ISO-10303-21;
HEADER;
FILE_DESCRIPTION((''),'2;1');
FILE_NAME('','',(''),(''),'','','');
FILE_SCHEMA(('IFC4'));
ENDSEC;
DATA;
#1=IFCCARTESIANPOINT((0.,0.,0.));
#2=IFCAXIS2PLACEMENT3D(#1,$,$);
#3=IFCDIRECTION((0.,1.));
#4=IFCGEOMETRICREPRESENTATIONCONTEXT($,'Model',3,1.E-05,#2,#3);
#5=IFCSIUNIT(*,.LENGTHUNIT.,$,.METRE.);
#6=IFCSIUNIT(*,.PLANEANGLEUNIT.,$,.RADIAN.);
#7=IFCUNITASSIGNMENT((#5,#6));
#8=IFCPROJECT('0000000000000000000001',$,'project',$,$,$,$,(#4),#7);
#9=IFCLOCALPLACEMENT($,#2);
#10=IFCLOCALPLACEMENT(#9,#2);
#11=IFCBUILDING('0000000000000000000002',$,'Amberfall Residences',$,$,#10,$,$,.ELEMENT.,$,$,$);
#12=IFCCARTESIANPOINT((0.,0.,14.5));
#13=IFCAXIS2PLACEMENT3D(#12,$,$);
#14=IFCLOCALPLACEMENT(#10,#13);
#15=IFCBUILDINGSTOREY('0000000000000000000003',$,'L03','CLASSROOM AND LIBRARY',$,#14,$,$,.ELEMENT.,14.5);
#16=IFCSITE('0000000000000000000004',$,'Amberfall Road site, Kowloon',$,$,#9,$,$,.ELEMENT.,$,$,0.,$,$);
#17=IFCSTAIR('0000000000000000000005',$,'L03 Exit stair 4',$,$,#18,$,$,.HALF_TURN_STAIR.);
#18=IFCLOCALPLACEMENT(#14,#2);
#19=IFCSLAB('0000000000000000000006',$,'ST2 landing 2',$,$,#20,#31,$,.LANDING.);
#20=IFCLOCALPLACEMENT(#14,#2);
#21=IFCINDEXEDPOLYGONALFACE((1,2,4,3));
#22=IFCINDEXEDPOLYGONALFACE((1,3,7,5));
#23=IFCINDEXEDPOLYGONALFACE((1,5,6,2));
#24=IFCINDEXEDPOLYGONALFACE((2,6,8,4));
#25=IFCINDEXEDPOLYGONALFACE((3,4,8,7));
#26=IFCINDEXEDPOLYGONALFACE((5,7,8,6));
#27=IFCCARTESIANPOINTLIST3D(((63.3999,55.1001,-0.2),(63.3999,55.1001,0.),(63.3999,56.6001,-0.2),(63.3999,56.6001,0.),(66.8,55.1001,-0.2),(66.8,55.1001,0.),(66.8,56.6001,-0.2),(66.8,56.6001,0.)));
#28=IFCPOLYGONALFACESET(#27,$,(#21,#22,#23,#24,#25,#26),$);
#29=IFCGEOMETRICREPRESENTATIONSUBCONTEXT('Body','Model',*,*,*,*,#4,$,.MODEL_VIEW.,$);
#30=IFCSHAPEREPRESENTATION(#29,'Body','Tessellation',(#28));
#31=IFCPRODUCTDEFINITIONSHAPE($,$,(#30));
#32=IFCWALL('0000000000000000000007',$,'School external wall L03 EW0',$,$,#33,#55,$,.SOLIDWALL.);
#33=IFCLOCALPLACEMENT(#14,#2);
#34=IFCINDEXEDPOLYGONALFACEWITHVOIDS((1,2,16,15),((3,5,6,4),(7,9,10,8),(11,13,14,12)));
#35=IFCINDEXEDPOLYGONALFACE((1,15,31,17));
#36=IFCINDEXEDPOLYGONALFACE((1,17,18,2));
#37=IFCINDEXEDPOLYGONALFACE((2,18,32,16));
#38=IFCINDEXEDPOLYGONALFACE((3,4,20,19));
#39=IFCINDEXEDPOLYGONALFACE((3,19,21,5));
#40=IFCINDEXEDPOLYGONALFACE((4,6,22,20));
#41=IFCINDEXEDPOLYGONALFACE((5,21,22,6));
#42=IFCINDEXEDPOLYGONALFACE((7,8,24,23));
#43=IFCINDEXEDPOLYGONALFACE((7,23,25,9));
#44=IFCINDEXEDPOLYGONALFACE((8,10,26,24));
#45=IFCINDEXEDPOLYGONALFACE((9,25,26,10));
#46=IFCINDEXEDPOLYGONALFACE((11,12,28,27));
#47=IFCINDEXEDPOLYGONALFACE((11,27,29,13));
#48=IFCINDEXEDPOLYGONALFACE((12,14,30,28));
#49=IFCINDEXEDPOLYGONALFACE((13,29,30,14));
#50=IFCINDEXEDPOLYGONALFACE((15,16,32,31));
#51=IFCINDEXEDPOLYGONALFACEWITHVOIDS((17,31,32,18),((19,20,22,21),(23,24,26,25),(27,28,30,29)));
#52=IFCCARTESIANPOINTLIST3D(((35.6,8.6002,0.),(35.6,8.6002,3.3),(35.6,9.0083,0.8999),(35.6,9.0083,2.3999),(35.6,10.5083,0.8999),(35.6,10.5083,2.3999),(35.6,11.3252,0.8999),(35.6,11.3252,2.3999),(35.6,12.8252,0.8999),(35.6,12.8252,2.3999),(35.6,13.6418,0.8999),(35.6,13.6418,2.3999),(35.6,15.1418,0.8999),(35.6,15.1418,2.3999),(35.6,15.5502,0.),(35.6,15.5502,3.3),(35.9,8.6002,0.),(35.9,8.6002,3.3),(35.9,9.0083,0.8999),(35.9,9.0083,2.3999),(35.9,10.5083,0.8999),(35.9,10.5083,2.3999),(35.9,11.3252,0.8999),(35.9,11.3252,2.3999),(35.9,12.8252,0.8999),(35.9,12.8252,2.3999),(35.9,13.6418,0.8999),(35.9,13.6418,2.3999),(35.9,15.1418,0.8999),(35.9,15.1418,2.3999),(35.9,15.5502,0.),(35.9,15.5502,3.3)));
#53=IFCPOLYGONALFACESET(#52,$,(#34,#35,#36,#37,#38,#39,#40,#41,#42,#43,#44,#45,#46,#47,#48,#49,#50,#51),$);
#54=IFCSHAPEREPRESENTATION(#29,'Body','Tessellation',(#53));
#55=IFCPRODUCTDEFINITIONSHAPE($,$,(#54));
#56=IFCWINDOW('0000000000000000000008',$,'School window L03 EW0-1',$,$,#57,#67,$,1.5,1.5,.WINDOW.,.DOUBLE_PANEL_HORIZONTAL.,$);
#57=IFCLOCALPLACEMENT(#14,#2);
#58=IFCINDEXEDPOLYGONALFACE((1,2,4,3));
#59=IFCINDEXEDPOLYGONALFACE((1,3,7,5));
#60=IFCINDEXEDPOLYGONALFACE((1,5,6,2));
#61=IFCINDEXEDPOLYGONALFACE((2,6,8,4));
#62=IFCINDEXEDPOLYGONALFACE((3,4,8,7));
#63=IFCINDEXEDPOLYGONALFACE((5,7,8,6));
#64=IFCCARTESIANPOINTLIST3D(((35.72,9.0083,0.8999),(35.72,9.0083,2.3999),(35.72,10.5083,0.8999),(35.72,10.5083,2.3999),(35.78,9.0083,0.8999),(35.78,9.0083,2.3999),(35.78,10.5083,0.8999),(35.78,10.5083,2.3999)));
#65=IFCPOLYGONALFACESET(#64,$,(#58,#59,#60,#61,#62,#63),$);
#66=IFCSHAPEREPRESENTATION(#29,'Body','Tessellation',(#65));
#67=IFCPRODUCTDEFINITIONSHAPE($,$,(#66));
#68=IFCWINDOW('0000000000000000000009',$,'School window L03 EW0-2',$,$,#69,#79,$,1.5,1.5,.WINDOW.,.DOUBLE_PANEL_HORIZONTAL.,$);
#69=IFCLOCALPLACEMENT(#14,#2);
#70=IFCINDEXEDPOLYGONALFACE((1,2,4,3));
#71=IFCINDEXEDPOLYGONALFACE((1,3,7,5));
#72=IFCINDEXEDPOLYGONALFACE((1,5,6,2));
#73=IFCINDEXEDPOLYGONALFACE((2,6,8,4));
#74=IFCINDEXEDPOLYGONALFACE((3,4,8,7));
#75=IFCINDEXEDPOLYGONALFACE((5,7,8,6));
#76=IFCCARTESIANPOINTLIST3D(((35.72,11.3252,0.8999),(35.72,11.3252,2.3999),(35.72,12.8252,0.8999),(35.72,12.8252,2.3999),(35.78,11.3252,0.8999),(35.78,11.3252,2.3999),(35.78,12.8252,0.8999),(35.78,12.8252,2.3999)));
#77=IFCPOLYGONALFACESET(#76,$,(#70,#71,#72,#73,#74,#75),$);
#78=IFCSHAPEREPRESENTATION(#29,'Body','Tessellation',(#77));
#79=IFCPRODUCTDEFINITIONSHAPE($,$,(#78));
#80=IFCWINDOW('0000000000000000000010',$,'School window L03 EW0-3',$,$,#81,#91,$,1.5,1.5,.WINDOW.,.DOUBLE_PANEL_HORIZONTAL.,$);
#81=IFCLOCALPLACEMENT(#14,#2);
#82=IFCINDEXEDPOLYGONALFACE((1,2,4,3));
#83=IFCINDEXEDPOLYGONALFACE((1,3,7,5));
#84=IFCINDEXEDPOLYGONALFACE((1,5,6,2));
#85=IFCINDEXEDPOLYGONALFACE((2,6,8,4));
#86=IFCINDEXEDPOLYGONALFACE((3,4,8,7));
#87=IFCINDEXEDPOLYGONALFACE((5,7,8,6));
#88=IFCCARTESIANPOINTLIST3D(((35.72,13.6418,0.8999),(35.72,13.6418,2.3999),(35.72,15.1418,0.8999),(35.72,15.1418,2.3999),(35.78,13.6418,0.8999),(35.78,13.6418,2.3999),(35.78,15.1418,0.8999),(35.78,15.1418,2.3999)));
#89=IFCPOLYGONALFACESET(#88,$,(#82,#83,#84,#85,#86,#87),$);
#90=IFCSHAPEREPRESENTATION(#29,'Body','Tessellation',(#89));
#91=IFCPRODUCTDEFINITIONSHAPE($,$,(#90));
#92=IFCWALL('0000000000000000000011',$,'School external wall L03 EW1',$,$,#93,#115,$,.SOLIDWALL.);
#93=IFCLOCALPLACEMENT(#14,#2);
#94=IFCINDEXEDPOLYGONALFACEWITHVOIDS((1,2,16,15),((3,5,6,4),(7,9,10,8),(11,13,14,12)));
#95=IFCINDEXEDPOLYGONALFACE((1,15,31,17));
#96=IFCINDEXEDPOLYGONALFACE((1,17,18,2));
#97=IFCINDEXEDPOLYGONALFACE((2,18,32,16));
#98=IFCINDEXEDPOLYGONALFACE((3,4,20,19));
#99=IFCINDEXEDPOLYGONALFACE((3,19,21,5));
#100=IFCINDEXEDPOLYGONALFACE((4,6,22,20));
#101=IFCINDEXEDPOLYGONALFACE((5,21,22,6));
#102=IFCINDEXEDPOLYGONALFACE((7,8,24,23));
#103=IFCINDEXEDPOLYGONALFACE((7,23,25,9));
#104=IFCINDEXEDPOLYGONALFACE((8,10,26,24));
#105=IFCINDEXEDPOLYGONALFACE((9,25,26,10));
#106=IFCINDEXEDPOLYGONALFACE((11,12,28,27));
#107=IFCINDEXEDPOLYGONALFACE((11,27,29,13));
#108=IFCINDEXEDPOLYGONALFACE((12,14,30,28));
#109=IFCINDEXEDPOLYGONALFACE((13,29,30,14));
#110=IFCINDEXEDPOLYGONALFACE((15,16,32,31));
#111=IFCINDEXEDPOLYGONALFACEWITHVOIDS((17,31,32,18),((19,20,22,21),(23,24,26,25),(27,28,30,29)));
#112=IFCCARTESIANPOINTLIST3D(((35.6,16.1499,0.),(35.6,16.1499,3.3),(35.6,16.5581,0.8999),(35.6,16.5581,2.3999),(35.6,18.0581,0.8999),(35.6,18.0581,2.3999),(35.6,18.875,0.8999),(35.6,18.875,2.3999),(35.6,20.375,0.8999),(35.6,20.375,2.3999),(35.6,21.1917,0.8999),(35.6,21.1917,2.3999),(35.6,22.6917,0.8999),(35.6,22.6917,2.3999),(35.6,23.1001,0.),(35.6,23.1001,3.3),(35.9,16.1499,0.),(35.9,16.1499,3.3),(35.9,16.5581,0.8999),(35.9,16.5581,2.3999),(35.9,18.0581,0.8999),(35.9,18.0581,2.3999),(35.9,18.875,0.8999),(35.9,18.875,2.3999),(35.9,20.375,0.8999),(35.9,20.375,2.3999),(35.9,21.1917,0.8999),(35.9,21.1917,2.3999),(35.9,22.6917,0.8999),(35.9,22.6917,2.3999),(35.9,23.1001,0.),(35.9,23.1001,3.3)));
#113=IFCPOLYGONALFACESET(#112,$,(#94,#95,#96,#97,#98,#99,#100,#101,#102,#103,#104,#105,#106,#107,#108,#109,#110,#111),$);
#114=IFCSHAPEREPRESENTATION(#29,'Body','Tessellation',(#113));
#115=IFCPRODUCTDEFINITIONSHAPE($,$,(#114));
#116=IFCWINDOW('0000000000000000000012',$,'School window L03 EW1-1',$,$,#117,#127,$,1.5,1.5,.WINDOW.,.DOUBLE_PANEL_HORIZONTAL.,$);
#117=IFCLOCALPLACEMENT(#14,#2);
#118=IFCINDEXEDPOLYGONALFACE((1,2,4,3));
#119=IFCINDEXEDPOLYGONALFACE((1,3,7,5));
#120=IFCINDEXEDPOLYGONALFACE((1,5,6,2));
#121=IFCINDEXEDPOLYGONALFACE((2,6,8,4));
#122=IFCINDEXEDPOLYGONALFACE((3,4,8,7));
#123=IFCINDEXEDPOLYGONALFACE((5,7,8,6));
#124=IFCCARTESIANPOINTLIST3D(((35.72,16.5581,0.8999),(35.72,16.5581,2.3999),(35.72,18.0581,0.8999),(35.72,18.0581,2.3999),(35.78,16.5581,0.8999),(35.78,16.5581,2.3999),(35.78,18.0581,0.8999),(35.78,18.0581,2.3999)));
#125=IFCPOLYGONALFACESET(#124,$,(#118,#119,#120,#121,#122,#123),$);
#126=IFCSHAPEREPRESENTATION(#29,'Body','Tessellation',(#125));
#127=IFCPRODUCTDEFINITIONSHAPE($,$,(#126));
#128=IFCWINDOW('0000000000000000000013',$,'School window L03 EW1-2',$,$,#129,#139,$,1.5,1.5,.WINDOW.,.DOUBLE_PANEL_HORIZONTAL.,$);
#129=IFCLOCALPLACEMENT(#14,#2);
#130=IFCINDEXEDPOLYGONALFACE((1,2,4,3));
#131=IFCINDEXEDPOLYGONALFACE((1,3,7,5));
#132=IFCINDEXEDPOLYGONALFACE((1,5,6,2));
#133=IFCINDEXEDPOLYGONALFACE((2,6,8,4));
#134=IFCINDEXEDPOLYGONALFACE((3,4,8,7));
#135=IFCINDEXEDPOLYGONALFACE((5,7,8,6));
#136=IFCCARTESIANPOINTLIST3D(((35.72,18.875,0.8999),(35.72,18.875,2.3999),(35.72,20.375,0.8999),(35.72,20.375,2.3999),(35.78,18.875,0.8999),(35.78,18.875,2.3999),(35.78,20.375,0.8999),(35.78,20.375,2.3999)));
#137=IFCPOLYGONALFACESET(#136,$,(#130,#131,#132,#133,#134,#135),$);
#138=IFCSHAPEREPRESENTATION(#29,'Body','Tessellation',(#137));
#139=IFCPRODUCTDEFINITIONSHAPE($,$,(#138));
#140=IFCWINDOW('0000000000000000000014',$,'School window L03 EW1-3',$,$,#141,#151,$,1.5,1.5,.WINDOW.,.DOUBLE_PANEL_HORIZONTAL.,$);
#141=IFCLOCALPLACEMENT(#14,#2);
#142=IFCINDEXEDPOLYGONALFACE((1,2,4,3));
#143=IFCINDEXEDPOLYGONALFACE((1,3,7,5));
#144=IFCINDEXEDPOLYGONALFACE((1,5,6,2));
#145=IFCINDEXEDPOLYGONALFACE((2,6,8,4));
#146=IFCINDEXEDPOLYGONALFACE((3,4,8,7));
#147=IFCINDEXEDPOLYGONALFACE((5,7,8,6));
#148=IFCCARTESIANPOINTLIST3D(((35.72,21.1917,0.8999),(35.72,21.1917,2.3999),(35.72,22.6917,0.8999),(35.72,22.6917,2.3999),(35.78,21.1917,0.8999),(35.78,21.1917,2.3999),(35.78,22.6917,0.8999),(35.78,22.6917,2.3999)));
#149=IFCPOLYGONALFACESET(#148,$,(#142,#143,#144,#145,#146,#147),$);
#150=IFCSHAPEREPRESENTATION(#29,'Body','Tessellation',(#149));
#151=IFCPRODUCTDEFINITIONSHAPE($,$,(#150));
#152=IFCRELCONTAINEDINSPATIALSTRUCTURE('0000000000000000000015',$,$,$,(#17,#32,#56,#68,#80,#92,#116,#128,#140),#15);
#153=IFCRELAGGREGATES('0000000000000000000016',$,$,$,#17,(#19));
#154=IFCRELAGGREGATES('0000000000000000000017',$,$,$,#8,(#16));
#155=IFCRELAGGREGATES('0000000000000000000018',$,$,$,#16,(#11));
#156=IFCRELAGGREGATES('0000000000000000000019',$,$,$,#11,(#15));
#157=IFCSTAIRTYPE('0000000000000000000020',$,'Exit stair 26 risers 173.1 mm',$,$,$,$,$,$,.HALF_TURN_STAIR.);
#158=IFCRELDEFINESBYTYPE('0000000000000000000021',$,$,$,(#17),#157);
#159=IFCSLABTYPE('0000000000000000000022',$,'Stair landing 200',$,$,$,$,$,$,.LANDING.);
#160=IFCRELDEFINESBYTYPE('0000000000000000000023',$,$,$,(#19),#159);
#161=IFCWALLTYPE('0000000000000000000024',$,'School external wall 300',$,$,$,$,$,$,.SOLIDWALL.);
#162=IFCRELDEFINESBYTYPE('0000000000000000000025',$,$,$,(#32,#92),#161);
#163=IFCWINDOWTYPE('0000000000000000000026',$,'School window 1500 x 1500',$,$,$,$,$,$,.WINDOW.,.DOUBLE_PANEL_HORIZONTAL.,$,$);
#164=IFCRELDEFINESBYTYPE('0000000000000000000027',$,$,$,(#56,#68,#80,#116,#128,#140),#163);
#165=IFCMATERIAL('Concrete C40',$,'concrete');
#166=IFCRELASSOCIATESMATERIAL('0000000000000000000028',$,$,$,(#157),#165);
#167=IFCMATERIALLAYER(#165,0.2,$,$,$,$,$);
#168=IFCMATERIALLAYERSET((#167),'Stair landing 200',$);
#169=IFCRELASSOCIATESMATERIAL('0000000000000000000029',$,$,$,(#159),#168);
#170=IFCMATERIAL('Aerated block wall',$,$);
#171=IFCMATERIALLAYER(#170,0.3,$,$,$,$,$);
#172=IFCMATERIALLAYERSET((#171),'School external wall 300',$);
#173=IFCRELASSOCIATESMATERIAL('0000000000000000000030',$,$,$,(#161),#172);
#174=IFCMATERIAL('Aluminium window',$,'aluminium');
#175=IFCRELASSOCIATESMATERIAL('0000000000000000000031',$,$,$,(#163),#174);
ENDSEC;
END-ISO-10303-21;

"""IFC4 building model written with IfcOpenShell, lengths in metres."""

from ifc_helpers import new_model, si_unit, direction, frame, frame_2d, origin, place, context, subcontext, project, spatial, polyline, rectangle, outline, extrude, material, layer, layer_set, type_object, element, fill, aggregate, save


model = new_model("IFC4")

# Units and contexts
model_context = context("Model", 3, precision=1e-05, world=origin(), true_north=direction((0.0, 1.0)))
body_context = subcontext(model_context, "Body", "Model", "MODEL_VIEW")
ifc_project = project(units=[si_unit("LENGTHUNIT", "METRE"), si_unit("PLANEANGLEUNIT", "RADIAN")], contexts=[model_context])

# Site, building, storey
site_placement = place(None, origin())
site = spatial("IfcSite", under=ifc_project, at=site_placement, Name="Amberfall Road site, Kowloon", CompositionType="ELEMENT", RefElevation=0.0)
building_placement = place(site_placement, origin())
building = spatial("IfcBuilding", under=site, at=building_placement, Name="Amberfall Residences", CompositionType="ELEMENT")
storey_placement = place(building_placement, frame((0.0, 0.0, 14.5)))
storey = spatial("IfcBuildingStorey", under=building, at=storey_placement, Name="L03", Description="CLASSROOM AND LIBRARY", CompositionType="ELEMENT", Elevation=14.5)

# Shared definitions
ifc_material_1 = material(Name="Concrete C40", Category="concrete")

# Shared definitions
stair_type_1 = type_object("IfcStairType", Name="Exit stair 26 risers 173.1 mm", PredefinedType="HALF_TURN_STAIR", material=ifc_material_1)
ifc_layer_1 = layer(ifc_material_1, 0.2)
ifc_layer_set_1 = layer_set([ifc_layer_1], Name="Stair landing 200")
slab_type_1 = type_object("IfcSlabType", Name="Stair landing 200", PredefinedType="LANDING", material=ifc_layer_set_1)

# Stair, slab
stair_1_placement = place(storey_placement, origin())
stair_1 = element("IfcStair", 1, at=stair_1_placement, inside=storey, type_object=stair_type_1, Name="L03 Exit stair 4", PredefinedType="HALF_TURN_STAIR")
slab_1_placement = place(storey_placement, frame((0.0, 0.0, -0.2)))
slab_1 = element("IfcSlab", 2, at=slab_1_placement, type_object=slab_type_1, Name="ST2 landing 2", PredefinedType="LANDING", context=body_context, shape_type="SweptSolid", body=[
    extrude(outline(polyline([(63.3999, 56.6001), (63.3999, 55.1001), (66.8, 55.1001), (66.8, 56.6001), (63.3999, 56.6001)])), origin(), (0.0, 0.0, 1.0), 0.2),
])
aggregate(stair_1, [slab_1])

# Walls, openings, windows
ifc_material_2 = material(Name="Aerated block wall")
ifc_layer_2 = layer(ifc_material_2, 0.3)
ifc_layer_set_2 = layer_set([ifc_layer_2], Name="School external wall 300")
wall_type = type_object("IfcWallType", Name="School external wall 300", PredefinedType="SOLIDWALL", material=ifc_layer_set_2)
wall_1_placement = place(storey_placement, frame((35.75, 8.6001, 0.0), z_axis=(0.0, 0.0, 1.0), x_axis=(0.0, 1.0, 0.0)))
wall_1 = element("IfcWall", 3, at=wall_1_placement, inside=storey, type_object=wall_type, Name="School external wall L03 EW0", PredefinedType="SOLIDWALL", context=body_context, shape_type="SweptSolid", body=[
    extrude(rectangle(XDim=6.95, YDim=0.3, at=frame_2d((3.4751, 0.0))), origin(), (0.0, 0.0, 1.0), 3.3),
])
opening_1_placement = place(wall_1_placement, frame((0.4082, 0.0, 0.8999)))
opening_1 = element("IfcOpeningElement", 4, at=opening_1_placement, cuts=wall_1, PredefinedType="OPENING", context=body_context, shape_type="SweptSolid", body=[
    extrude(rectangle(XDim=1.5, YDim=1.5, at=frame_2d((0.75, 0.75))), frame((0.0, 0.1599, 0.0), z_axis=(0.0, -1.0, 0.0), x_axis=(1.0, 0.0, 0.0)), (0.0, 0.0, 1.0), 0.3201),
])
opening_2_placement = place(wall_1_placement, frame((2.7251, 0.0, 0.8999)))
opening_2 = element("IfcOpeningElement", 5, at=opening_2_placement, cuts=wall_1, PredefinedType="OPENING", context=body_context, shape_type="SweptSolid", body=[
    extrude(rectangle(XDim=1.5, YDim=1.5, at=frame_2d((0.75, 0.75))), frame((0.0, 0.1599, 0.0), z_axis=(0.0, -1.0, 0.0), x_axis=(1.0, 0.0, 0.0)), (0.0, 0.0, 1.0), 0.3201),
])
opening_3_placement = place(wall_1_placement, frame((5.0417, 0.0, 0.8999)))
opening_3 = element("IfcOpeningElement", 6, at=opening_3_placement, cuts=wall_1, PredefinedType="OPENING", context=body_context, shape_type="SweptSolid", body=[
    extrude(rectangle(XDim=1.5, YDim=1.5, at=frame_2d((0.75, 0.75))), frame((0.0, 0.1599, 0.0), z_axis=(0.0, -1.0, 0.0), x_axis=(1.0, 0.0, 0.0)), (0.0, 0.0, 1.0), 0.3201),
])
ifc_material_3 = material(Name="Aluminium window", Category="aluminium")
window_type = type_object("IfcWindowType", Name="School window 1500 x 1500", PartitioningType="DOUBLE_PANEL_HORIZONTAL", PredefinedType="WINDOW", material=ifc_material_3)
window_1_placement = place(opening_1_placement, origin())
window_1 = element("IfcWindow", 7, at=window_1_placement, inside=storey, type_object=window_type, Name="School window L03 EW0-1", OverallHeight=1.5, OverallWidth=1.5, PartitioningType="DOUBLE_PANEL_HORIZONTAL", PredefinedType="WINDOW", context=body_context, shape_type="SweptSolid", body=[
    extrude(rectangle(XDim=1.5, YDim=1.5, at=frame_2d((0.75, 0.75))), frame((0.0, 0.03, 0.0), z_axis=(0.0, -1.0, 0.0), x_axis=(1.0, 0.0, 0.0)), (0.0, 0.0, 1.0), 0.0601),
])
fill(opening_1, window_1)
window_2_placement = place(opening_2_placement, origin())
window_2 = element("IfcWindow", 8, at=window_2_placement, inside=storey, type_object=window_type, Name="School window L03 EW0-2", OverallHeight=1.5, OverallWidth=1.5, PartitioningType="DOUBLE_PANEL_HORIZONTAL", PredefinedType="WINDOW", context=body_context, shape_type="SweptSolid", body=[
    extrude(rectangle(XDim=1.5, YDim=1.5, at=frame_2d((0.75, 0.75))), frame((0.0, 0.03, 0.0), z_axis=(0.0, -1.0, 0.0), x_axis=(1.0, 0.0, 0.0)), (0.0, 0.0, 1.0), 0.0601),
])
fill(opening_2, window_2)
window_3_placement = place(opening_3_placement, origin())
window_3 = element("IfcWindow", 9, at=window_3_placement, inside=storey, type_object=window_type, Name="School window L03 EW0-3", OverallHeight=1.5, OverallWidth=1.5, PartitioningType="DOUBLE_PANEL_HORIZONTAL", PredefinedType="WINDOW", context=body_context, shape_type="SweptSolid", body=[
    extrude(rectangle(XDim=1.5, YDim=1.5, at=frame_2d((0.75, 0.75))), frame((0.0, 0.03, 0.0), z_axis=(0.0, -1.0, 0.0), x_axis=(1.0, 0.0, 0.0)), (0.0, 0.0, 1.0), 0.0601),
])
fill(opening_3, window_3)
wall_2_placement = place(storey_placement, frame((35.75, 16.1499, 0.0), z_axis=(0.0, 0.0, 1.0), x_axis=(0.0, 1.0, 0.0)))
wall_2 = element("IfcWall", 10, at=wall_2_placement, inside=storey, type_object=wall_type, Name="School external wall L03 EW1", PredefinedType="SOLIDWALL", context=body_context, shape_type="SweptSolid", body=[
    extrude(rectangle(XDim=6.9502, YDim=0.3, at=frame_2d((3.4751, 0.0))), origin(), (0.0, 0.0, 1.0), 3.3),
])
opening_4_placement = place(wall_2_placement, frame((0.4082, 0.0, 0.8999)))
opening_4 = element("IfcOpeningElement", 11, at=opening_4_placement, cuts=wall_2, PredefinedType="OPENING", context=body_context, shape_type="SweptSolid", body=[
    extrude(rectangle(XDim=1.5, YDim=1.5, at=frame_2d((0.75, 0.75))), frame((0.0, 0.1599, 0.0), z_axis=(0.0, -1.0, 0.0), x_axis=(1.0, 0.0, 0.0)), (0.0, 0.0, 1.0), 0.3201),
])
opening_5_placement = place(wall_2_placement, frame((2.7251, 0.0, 0.8999)))
opening_5 = element("IfcOpeningElement", 12, at=opening_5_placement, cuts=wall_2, PredefinedType="OPENING", context=body_context, shape_type="SweptSolid", body=[
    extrude(rectangle(XDim=1.5, YDim=1.5, at=frame_2d((0.75, 0.75))), frame((0.0, 0.1599, 0.0), z_axis=(0.0, -1.0, 0.0), x_axis=(1.0, 0.0, 0.0)), (0.0, 0.0, 1.0), 0.3201),
])
opening_6_placement = place(wall_2_placement, frame((5.0417, 0.0, 0.8999)))
opening_6 = element("IfcOpeningElement", 13, at=opening_6_placement, cuts=wall_2, PredefinedType="OPENING", context=body_context, shape_type="SweptSolid", body=[
    extrude(rectangle(XDim=1.5, YDim=1.5, at=frame_2d((0.75, 0.75))), frame((0.0, 0.1599, 0.0), z_axis=(0.0, -1.0, 0.0), x_axis=(1.0, 0.0, 0.0)), (0.0, 0.0, 1.0), 0.3201),
])
window_4_placement = place(opening_4_placement, origin())
window_4 = element("IfcWindow", 14, at=window_4_placement, inside=storey, type_object=window_type, Name="School window L03 EW1-1", OverallHeight=1.5, OverallWidth=1.5, PartitioningType="DOUBLE_PANEL_HORIZONTAL", PredefinedType="WINDOW", context=body_context, shape_type="SweptSolid", body=[
    extrude(rectangle(XDim=1.5, YDim=1.5, at=frame_2d((0.75, 0.75))), frame((0.0, 0.03, 0.0), z_axis=(0.0, -1.0, 0.0), x_axis=(1.0, 0.0, 0.0)), (0.0, 0.0, 1.0), 0.0601),
])
fill(opening_4, window_4)
window_5_placement = place(opening_5_placement, origin())
window_5 = element("IfcWindow", 15, at=window_5_placement, inside=storey, type_object=window_type, Name="School window L03 EW1-2", OverallHeight=1.5, OverallWidth=1.5, PartitioningType="DOUBLE_PANEL_HORIZONTAL", PredefinedType="WINDOW", context=body_context, shape_type="SweptSolid", body=[
    extrude(rectangle(XDim=1.5, YDim=1.5, at=frame_2d((0.75, 0.75))), frame((0.0, 0.03, 0.0), z_axis=(0.0, -1.0, 0.0), x_axis=(1.0, 0.0, 0.0)), (0.0, 0.0, 1.0), 0.0601),
])
fill(opening_5, window_5)
window_6_placement = place(opening_6_placement, origin())
window_6 = element("IfcWindow", 16, at=window_6_placement, inside=storey, type_object=window_type, Name="School window L03 EW1-3", OverallHeight=1.5, OverallWidth=1.5, PartitioningType="DOUBLE_PANEL_HORIZONTAL", PredefinedType="WINDOW", context=body_context, shape_type="SweptSolid", body=[
    extrude(rectangle(XDim=1.5, YDim=1.5, at=frame_2d((0.75, 0.75))), frame((0.0, 0.03, 0.0), z_axis=(0.0, -1.0, 0.0), x_axis=(1.0, 0.0, 0.0)), (0.0, 0.0, 1.0), 0.0601),
])
fill(opening_6, window_6)

save(model, "model.ifc")
